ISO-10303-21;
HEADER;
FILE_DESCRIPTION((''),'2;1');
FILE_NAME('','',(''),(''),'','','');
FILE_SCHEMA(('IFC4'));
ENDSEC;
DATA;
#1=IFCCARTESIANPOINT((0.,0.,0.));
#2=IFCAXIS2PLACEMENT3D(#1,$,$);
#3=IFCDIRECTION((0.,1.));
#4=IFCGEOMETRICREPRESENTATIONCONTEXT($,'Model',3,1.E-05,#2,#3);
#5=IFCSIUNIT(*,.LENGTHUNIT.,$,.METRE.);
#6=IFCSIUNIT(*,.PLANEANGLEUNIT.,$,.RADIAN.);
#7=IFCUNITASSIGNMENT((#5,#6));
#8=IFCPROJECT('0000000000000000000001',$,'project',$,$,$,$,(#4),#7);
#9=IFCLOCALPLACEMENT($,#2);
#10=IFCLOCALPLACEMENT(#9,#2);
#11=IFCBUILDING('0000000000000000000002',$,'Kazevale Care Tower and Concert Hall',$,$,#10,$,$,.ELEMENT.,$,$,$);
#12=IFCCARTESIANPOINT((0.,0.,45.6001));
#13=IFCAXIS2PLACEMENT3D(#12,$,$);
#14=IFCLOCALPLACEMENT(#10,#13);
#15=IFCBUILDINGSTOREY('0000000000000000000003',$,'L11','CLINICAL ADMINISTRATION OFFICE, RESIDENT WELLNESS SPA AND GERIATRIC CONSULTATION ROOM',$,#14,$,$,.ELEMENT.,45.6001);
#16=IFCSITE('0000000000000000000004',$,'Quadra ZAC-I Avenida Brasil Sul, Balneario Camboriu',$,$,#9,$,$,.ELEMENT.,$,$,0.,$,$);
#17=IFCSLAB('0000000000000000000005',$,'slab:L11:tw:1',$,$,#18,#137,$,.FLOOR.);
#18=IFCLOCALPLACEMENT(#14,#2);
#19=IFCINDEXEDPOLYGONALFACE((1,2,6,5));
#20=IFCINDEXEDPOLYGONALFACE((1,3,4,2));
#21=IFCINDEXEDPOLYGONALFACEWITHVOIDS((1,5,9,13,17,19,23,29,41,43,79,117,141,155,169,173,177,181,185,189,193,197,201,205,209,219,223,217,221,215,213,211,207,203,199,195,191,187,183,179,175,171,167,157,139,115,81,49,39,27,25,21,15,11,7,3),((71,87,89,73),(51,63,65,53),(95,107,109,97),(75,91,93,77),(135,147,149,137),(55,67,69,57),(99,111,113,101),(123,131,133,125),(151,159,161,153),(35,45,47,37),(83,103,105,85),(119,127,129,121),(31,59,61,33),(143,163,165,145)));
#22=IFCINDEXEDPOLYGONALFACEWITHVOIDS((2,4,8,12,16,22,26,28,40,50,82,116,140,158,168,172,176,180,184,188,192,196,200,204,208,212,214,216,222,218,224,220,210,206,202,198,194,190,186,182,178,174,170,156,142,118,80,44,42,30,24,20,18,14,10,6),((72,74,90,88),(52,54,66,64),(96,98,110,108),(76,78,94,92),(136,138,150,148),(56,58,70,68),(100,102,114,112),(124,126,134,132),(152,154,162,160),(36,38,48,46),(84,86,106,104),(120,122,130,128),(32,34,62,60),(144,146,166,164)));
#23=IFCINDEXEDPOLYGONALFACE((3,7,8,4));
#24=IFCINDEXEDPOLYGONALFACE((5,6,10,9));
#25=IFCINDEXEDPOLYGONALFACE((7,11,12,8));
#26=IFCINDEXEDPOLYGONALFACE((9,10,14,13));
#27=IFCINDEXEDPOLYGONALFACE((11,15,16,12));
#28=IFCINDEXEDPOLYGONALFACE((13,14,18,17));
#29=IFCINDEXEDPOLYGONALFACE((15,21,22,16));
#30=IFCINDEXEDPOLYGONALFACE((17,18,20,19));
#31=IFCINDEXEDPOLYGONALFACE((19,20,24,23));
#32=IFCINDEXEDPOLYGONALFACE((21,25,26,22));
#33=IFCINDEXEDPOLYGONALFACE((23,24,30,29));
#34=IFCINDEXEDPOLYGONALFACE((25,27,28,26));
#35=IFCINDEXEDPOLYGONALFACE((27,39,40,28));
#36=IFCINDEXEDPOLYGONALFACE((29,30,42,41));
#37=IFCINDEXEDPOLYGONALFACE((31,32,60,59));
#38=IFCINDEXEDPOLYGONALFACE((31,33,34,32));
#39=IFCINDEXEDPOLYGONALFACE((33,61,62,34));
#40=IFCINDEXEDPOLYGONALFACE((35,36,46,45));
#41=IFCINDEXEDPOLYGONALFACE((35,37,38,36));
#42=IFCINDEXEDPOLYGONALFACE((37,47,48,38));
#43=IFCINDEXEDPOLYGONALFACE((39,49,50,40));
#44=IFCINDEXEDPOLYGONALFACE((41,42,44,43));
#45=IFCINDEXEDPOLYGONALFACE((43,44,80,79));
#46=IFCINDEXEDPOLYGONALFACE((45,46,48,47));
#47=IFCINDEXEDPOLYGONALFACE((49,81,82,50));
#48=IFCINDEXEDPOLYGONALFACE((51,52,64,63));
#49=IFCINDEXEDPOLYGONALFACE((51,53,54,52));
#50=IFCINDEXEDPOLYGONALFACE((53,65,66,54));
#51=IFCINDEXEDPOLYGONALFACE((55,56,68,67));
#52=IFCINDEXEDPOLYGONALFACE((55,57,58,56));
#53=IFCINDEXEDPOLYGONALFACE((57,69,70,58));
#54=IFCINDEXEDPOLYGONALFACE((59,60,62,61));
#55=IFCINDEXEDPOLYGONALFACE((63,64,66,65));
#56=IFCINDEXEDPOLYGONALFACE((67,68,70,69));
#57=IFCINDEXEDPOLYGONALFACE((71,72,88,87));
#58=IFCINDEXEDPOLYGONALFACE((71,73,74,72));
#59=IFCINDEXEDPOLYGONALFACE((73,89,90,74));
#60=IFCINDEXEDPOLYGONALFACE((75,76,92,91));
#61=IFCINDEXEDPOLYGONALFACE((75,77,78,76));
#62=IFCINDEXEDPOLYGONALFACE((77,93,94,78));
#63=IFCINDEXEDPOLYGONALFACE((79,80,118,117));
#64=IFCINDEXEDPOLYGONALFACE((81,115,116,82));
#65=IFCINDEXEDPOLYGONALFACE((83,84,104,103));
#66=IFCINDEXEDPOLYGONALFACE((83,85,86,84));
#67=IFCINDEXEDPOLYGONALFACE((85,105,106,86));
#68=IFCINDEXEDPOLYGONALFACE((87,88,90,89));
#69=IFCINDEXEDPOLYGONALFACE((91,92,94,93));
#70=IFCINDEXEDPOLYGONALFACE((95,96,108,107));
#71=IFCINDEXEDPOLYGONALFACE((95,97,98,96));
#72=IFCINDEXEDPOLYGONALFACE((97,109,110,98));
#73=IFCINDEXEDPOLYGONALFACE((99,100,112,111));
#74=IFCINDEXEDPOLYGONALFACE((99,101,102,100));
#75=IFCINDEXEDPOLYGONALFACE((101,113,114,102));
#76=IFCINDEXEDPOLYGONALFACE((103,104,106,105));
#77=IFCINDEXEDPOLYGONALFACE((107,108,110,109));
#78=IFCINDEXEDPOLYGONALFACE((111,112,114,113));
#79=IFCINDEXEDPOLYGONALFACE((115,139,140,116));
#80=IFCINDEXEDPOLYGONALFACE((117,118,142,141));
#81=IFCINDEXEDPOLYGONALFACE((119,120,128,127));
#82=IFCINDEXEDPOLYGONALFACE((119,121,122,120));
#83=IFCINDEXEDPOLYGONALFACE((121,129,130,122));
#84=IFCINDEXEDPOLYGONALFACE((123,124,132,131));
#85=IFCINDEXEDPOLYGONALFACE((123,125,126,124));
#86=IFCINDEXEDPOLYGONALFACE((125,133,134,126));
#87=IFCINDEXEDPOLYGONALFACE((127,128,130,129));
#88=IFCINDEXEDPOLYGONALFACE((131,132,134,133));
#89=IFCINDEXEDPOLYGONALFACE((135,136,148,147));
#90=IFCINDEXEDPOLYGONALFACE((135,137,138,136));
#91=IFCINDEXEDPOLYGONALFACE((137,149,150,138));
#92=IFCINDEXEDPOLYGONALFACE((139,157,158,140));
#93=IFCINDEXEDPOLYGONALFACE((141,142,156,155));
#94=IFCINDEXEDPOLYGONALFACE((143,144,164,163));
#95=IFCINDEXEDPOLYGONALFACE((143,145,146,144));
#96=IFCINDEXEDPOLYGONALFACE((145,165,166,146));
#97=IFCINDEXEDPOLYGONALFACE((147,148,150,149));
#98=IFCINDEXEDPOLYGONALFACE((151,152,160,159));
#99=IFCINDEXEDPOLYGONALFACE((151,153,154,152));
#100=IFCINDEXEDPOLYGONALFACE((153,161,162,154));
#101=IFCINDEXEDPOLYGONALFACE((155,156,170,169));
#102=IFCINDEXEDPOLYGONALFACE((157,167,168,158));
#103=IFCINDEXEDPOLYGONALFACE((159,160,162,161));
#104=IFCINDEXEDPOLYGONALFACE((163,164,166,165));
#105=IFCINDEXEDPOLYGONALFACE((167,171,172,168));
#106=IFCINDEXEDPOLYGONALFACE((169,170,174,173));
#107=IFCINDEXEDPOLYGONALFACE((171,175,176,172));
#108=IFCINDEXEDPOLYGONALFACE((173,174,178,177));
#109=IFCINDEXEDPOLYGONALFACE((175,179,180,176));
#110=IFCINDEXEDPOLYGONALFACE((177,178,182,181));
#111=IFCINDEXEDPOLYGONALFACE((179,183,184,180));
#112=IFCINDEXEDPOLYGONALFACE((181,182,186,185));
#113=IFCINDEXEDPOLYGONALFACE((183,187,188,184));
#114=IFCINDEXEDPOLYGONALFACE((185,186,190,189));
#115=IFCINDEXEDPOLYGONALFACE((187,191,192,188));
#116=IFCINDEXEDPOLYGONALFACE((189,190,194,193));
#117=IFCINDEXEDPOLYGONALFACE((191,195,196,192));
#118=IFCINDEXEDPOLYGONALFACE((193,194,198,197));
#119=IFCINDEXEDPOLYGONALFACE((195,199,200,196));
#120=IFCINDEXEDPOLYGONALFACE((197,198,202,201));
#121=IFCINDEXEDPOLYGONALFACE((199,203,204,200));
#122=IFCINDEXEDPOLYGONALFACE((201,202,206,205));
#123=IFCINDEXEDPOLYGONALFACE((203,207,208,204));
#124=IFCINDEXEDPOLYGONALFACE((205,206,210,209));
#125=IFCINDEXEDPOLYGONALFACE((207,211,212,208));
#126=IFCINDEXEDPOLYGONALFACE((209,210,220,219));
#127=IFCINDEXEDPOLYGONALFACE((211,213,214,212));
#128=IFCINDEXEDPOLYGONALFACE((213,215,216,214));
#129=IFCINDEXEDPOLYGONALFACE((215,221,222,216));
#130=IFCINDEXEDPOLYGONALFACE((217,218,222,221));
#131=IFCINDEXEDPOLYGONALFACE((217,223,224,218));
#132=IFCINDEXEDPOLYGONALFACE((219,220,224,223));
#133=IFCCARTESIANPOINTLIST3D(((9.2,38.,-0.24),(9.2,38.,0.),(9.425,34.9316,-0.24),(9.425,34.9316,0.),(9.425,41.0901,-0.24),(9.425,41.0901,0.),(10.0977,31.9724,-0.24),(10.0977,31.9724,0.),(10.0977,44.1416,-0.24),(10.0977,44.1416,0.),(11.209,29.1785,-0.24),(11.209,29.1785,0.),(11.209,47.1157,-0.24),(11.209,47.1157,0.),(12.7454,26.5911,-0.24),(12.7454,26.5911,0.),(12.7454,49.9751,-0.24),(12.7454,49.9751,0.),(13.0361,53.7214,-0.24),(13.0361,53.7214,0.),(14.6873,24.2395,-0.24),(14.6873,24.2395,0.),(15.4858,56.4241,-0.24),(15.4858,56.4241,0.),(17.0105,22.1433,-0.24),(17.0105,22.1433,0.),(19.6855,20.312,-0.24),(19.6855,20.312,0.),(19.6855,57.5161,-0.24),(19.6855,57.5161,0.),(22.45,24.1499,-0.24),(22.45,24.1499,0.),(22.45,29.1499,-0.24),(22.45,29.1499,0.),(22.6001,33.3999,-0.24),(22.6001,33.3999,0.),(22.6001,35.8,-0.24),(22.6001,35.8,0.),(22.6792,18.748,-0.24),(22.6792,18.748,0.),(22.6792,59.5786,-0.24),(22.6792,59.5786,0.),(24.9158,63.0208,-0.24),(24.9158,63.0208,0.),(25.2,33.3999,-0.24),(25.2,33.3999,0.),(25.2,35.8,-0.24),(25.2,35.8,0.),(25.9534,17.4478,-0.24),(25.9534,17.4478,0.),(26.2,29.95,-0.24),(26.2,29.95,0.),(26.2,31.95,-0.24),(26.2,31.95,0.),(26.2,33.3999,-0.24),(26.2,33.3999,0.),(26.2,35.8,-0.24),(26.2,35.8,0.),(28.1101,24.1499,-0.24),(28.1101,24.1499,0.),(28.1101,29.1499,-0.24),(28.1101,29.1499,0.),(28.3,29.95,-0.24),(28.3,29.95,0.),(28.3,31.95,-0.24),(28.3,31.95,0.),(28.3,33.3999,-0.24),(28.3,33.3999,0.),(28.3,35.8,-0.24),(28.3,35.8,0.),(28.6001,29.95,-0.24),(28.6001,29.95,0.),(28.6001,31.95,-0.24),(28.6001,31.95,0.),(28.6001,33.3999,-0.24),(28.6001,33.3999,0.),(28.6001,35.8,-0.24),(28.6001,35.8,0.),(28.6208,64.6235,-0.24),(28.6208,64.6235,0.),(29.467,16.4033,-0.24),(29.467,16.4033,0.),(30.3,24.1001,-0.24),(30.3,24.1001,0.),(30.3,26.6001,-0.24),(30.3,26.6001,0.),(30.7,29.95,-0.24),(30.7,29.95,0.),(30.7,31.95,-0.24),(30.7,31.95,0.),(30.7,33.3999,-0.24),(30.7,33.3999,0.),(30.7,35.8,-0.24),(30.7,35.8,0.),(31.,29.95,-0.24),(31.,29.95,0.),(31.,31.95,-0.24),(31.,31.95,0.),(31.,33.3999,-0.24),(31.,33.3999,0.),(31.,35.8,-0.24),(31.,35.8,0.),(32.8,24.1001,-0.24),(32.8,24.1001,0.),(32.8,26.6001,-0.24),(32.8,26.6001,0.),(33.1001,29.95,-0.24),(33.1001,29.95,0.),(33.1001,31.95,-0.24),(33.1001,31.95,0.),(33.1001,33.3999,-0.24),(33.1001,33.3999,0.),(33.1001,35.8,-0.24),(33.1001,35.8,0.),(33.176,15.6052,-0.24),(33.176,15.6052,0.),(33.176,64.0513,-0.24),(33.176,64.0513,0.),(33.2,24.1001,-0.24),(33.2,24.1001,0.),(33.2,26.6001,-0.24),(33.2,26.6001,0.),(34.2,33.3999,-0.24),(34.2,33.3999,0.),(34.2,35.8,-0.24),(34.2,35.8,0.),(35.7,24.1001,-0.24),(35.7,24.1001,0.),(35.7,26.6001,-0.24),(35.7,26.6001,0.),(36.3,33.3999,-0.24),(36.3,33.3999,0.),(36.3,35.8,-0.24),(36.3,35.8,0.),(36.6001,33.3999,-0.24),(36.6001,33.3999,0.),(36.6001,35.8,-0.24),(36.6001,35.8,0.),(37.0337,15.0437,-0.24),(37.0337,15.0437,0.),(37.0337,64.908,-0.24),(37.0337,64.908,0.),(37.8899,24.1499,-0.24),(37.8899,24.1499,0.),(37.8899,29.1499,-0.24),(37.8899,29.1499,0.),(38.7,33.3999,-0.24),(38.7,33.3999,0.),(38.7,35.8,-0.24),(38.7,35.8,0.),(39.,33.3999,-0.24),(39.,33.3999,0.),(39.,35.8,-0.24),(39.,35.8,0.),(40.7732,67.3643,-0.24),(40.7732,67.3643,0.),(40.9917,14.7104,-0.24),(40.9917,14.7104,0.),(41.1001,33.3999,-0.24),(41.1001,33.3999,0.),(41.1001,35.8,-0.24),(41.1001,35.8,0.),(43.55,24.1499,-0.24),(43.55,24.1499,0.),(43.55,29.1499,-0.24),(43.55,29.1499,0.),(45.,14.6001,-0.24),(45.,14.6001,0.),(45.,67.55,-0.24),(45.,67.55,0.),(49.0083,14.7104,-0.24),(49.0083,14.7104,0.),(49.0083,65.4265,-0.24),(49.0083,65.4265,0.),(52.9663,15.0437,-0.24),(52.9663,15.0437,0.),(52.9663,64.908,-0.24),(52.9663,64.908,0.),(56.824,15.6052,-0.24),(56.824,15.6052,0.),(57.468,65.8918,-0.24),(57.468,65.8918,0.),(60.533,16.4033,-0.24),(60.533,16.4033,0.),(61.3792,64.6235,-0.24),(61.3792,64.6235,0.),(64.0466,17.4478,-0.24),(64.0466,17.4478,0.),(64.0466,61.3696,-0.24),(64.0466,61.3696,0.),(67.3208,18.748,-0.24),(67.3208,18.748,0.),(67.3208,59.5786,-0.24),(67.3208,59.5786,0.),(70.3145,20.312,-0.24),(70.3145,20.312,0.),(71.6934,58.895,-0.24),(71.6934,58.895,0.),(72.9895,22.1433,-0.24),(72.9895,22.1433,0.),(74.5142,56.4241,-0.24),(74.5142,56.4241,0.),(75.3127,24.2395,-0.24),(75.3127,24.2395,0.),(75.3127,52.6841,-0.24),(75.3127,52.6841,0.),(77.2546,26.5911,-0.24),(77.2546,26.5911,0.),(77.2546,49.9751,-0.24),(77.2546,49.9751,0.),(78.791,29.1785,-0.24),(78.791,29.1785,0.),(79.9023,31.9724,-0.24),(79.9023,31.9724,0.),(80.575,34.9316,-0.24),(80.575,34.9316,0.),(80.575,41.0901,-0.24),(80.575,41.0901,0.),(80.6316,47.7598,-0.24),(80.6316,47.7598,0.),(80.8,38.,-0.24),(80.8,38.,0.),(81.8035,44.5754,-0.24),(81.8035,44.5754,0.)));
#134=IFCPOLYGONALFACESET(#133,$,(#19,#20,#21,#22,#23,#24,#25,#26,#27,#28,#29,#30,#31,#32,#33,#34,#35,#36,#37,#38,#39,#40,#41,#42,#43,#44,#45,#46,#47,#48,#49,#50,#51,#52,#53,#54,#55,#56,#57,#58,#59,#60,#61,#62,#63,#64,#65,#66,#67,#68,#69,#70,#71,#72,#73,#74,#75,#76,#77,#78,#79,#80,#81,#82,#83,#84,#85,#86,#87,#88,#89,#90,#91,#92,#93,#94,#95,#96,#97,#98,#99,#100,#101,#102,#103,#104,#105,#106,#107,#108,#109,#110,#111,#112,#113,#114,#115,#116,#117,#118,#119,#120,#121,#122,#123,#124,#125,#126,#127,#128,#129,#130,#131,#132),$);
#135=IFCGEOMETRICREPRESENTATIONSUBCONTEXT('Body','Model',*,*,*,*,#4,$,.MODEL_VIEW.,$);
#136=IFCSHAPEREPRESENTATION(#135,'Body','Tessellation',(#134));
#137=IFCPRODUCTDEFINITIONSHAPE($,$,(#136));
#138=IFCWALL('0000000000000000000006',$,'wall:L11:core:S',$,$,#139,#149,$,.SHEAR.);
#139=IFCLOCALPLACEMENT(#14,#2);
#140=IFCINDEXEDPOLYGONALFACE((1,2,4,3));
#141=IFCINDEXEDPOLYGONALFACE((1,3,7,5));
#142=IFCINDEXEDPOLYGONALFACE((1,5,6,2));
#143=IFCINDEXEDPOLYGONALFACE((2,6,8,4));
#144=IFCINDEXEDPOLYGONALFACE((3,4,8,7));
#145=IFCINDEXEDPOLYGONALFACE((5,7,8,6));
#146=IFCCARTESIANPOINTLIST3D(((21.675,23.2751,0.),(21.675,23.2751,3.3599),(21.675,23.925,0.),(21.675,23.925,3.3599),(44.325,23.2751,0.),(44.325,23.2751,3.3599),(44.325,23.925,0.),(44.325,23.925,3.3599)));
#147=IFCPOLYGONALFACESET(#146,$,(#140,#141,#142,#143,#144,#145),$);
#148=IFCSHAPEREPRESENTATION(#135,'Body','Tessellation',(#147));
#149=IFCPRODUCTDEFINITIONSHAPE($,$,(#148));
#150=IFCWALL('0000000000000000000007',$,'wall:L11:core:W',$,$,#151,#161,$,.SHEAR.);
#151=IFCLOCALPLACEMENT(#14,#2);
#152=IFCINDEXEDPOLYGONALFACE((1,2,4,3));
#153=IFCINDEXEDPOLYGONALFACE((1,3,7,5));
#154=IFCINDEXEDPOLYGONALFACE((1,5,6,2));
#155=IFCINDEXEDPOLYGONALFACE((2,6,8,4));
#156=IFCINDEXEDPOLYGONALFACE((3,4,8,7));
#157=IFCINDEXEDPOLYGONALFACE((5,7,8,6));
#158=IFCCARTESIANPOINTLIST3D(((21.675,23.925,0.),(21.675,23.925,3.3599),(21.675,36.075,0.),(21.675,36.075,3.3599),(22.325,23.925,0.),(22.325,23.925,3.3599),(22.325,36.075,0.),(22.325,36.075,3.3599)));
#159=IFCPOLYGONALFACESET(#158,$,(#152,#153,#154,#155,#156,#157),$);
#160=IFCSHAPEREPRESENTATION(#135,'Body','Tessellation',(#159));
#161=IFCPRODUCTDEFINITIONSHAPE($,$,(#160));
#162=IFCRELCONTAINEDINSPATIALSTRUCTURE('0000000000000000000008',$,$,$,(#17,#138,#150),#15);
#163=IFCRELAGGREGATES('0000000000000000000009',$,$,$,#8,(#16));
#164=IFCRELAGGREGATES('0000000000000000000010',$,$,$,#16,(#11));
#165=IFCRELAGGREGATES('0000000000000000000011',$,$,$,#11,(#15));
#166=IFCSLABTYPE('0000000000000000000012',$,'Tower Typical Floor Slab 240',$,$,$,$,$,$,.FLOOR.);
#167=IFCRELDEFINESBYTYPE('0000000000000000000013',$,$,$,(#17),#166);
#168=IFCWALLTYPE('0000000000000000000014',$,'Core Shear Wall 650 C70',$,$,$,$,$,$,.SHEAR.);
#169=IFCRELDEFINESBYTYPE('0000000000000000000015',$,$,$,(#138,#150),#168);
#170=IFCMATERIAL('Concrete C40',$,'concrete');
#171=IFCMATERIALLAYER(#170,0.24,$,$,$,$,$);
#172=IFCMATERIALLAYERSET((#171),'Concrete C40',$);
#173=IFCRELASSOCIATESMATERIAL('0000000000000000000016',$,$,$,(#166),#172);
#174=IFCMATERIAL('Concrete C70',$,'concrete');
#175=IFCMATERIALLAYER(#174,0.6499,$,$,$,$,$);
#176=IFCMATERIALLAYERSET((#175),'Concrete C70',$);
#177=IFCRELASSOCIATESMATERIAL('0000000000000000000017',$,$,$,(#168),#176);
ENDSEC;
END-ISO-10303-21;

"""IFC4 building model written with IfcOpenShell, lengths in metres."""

from ifc_helpers import new_model, si_unit, direction, frame, frame_2d, origin, place, context, subcontext, project, spatial, polyline, rectangle, outline, extrude, material, layer, layer_set, type_object, element, save


model = new_model("IFC4")

# Units and contexts
model_context = context("Model", 3, precision=1e-05, world=origin(), true_north=direction((0.0, 1.0)))
body_context = subcontext(model_context, "Body", "Model", "MODEL_VIEW")
ifc_project = project(units=[si_unit("LENGTHUNIT", "METRE"), si_unit("PLANEANGLEUNIT", "RADIAN")], contexts=[model_context])

# Site, building, storey
site_placement = place(None, origin())
site = spatial("IfcSite", under=ifc_project, at=site_placement, Name="Quadra ZAC-I Avenida Brasil Sul, Balneario Camboriu", CompositionType="ELEMENT", RefElevation=0.0)
building_placement = place(site_placement, origin())
building = spatial("IfcBuilding", under=site, at=building_placement, Name="Kazevale Care Tower and Concert Hall", CompositionType="ELEMENT")
storey_placement = place(building_placement, frame((0.0, 0.0, 45.6001)))
storey = spatial("IfcBuildingStorey", under=building, at=storey_placement, Name="L11", Description="CLINICAL ADMINISTRATION OFFICE, RESIDENT WELLNESS SPA AND GERIATRIC CONSULTATION ROOM", CompositionType="ELEMENT", Elevation=45.6001)

# Shared definitions
ifc_material_1 = material(Name="Concrete C70", Category="concrete")

# Shared definitions
ifc_material_2 = material(Name="Concrete C40", Category="concrete")

# Slab
ifc_layer_1 = layer(ifc_material_2, 0.24)
ifc_layer_set_1 = layer_set([ifc_layer_1], Name="Concrete C40")
slab_type_1 = type_object("IfcSlabType", Name="Tower Typical Floor Slab 240", PredefinedType="FLOOR", material=ifc_layer_set_1)
slab_1_placement = place(storey_placement, frame((0.0, 0.0, -0.24)))
element("IfcSlab", 1, at=slab_1_placement, inside=storey, type_object=slab_type_1, Name="slab:L11:tw:1", PredefinedType="FLOOR", context=body_context, shape_type="SweptSolid", body=[
    extrude(outline(polyline([(80.8, 38.0), (80.575, 41.0901), (81.8035, 44.5754), (80.6316, 47.7598), (77.2546, 49.9751), (75.3127, 52.6841), (74.5142, 56.4241), (71.6934, 58.895), (67.3208, 59.5786), (64.0466, 61.3696), (61.3792, 64.6235), (57.468, 65.8918), (52.9663, 64.908), (49.0083, 65.4265), (45.0, 67.55), (40.7732, 67.3643), (37.0337, 64.908), (33.176, 64.0513), (28.6208, 64.6235), (24.9158, 63.0208), (22.6792, 59.5786), (19.6855, 57.5161), (15.4858, 56.4241), (13.0361, 53.7214), (12.7454, 49.9751), (11.209, 47.1157), (10.0977, 44.1416), (9.425, 41.0901), (9.2, 38.0), (9.425, 34.9316), (10.0977, 31.9724), (11.209, 29.1785), (12.7454, 26.5911), (14.6873, 24.2395), (17.0105, 22.1433), (19.6855, 20.312), (22.6792, 18.748), (25.9534, 17.4478), (29.467, 16.4033), (33.176, 15.6052), (37.0337, 15.0437), (40.9917, 14.7104), (45.0, 14.6001), (49.0083, 14.7104), (52.9663, 15.0437), (56.824, 15.6052), (60.533, 16.4033), (64.0466, 17.4478), (67.3208, 18.748), (70.3145, 20.312), (72.9895, 22.1433), (75.3127, 24.2395), (77.2546, 26.5911), (78.791, 29.1785), (79.9023, 31.9724), (80.575, 34.9316), (80.8, 38.0)]), holes=[polyline([(22.45, 24.1499), (28.1101, 24.1499), (28.1101, 29.1499), (22.45, 29.1499), (22.45, 24.1499)]), polyline([(37.8899, 24.1499), (43.55, 24.1499), (43.55, 29.1499), (37.8899, 29.1499), (37.8899, 24.1499)]), polyline([(30.3, 24.1001), (32.8, 24.1001), (32.8, 26.6001), (30.3, 26.6001), (30.3, 24.1001)]), polyline([(33.2, 24.1001), (35.7, 24.1001), (35.7, 26.6001), (33.2, 26.6001), (33.2, 24.1001)]), polyline([(22.6001, 33.3999), (25.2, 33.3999), (25.2, 35.8), (22.6001, 35.8), (22.6001, 33.3999)]), polyline([(26.2, 33.3999), (28.3, 33.3999), (28.3, 35.8), (26.2, 35.8), (26.2, 33.3999)]), polyline([(28.6001, 33.3999), (30.7, 33.3999), (30.7, 35.8), (28.6001, 35.8), (28.6001, 33.3999)]), polyline([(31.0, 33.3999), (33.1001, 33.3999), (33.1001, 35.8), (31.0, 35.8), (31.0, 33.3999)]), polyline([(34.2, 33.3999), (36.3, 33.3999), (36.3, 35.8), (34.2, 35.8), (34.2, 33.3999)]), polyline([(36.6001, 33.3999), (38.7, 33.3999), (38.7, 35.8), (36.6001, 35.8), (36.6001, 33.3999)]), polyline([(39.0, 33.3999), (41.1001, 33.3999), (41.1001, 35.8), (39.0, 35.8), (39.0, 33.3999)]), polyline([(26.2, 29.95), (28.3, 29.95), (28.3, 31.95), (26.2, 31.95), (26.2, 29.95)]), polyline([(28.6001, 29.95), (30.7, 29.95), (30.7, 31.95), (28.6001, 31.95), (28.6001, 29.95)]), polyline([(31.0, 29.95), (33.1001, 29.95), (33.1001, 31.95), (31.0, 31.95), (31.0, 29.95)])]), origin(), (0.0, 0.0, 1.0), 0.24),
])

# Walls
ifc_layer_2 = layer(ifc_material_1, 0.6499)
ifc_layer_set_2 = layer_set([ifc_layer_2], Name="Concrete C70")
wall_type_1 = type_object("IfcWallType", Name="Core Shear Wall 650 C70", PredefinedType="SHEAR", material=ifc_layer_set_2)
wall_1_placement = place(storey_placement, frame((21.675, 23.6001, 0.0), z_axis=(0.0, 0.0, 1.0), x_axis=(1.0, 0.0, 0.0)))
element("IfcWall", 2, at=wall_1_placement, inside=storey, type_object=wall_type_1, Name="wall:L11:core:S", PredefinedType="SHEAR", context=body_context, shape_type="SweptSolid", body=[
    extrude(rectangle(XDim=22.6499, YDim=0.6499, at=frame_2d((11.325, 0.0))), origin(), (0.0, 0.0, 1.0), 3.3599),
])
wall_2_placement = place(storey_placement, frame((22.0, 23.925, 0.0), z_axis=(0.0, 0.0, 1.0), x_axis=(0.0, 1.0, 0.0)))
element("IfcWall", 3, at=wall_2_placement, inside=storey, type_object=wall_type_1, Name="wall:L11:core:W", PredefinedType="SHEAR", context=body_context, shape_type="SweptSolid", body=[
    extrude(rectangle(XDim=12.1499, YDim=0.6499, at=frame_2d((6.075, 0.0))), origin(), (0.0, 0.0, 1.0), 3.3599),
])

save(model, "model.ifc")
